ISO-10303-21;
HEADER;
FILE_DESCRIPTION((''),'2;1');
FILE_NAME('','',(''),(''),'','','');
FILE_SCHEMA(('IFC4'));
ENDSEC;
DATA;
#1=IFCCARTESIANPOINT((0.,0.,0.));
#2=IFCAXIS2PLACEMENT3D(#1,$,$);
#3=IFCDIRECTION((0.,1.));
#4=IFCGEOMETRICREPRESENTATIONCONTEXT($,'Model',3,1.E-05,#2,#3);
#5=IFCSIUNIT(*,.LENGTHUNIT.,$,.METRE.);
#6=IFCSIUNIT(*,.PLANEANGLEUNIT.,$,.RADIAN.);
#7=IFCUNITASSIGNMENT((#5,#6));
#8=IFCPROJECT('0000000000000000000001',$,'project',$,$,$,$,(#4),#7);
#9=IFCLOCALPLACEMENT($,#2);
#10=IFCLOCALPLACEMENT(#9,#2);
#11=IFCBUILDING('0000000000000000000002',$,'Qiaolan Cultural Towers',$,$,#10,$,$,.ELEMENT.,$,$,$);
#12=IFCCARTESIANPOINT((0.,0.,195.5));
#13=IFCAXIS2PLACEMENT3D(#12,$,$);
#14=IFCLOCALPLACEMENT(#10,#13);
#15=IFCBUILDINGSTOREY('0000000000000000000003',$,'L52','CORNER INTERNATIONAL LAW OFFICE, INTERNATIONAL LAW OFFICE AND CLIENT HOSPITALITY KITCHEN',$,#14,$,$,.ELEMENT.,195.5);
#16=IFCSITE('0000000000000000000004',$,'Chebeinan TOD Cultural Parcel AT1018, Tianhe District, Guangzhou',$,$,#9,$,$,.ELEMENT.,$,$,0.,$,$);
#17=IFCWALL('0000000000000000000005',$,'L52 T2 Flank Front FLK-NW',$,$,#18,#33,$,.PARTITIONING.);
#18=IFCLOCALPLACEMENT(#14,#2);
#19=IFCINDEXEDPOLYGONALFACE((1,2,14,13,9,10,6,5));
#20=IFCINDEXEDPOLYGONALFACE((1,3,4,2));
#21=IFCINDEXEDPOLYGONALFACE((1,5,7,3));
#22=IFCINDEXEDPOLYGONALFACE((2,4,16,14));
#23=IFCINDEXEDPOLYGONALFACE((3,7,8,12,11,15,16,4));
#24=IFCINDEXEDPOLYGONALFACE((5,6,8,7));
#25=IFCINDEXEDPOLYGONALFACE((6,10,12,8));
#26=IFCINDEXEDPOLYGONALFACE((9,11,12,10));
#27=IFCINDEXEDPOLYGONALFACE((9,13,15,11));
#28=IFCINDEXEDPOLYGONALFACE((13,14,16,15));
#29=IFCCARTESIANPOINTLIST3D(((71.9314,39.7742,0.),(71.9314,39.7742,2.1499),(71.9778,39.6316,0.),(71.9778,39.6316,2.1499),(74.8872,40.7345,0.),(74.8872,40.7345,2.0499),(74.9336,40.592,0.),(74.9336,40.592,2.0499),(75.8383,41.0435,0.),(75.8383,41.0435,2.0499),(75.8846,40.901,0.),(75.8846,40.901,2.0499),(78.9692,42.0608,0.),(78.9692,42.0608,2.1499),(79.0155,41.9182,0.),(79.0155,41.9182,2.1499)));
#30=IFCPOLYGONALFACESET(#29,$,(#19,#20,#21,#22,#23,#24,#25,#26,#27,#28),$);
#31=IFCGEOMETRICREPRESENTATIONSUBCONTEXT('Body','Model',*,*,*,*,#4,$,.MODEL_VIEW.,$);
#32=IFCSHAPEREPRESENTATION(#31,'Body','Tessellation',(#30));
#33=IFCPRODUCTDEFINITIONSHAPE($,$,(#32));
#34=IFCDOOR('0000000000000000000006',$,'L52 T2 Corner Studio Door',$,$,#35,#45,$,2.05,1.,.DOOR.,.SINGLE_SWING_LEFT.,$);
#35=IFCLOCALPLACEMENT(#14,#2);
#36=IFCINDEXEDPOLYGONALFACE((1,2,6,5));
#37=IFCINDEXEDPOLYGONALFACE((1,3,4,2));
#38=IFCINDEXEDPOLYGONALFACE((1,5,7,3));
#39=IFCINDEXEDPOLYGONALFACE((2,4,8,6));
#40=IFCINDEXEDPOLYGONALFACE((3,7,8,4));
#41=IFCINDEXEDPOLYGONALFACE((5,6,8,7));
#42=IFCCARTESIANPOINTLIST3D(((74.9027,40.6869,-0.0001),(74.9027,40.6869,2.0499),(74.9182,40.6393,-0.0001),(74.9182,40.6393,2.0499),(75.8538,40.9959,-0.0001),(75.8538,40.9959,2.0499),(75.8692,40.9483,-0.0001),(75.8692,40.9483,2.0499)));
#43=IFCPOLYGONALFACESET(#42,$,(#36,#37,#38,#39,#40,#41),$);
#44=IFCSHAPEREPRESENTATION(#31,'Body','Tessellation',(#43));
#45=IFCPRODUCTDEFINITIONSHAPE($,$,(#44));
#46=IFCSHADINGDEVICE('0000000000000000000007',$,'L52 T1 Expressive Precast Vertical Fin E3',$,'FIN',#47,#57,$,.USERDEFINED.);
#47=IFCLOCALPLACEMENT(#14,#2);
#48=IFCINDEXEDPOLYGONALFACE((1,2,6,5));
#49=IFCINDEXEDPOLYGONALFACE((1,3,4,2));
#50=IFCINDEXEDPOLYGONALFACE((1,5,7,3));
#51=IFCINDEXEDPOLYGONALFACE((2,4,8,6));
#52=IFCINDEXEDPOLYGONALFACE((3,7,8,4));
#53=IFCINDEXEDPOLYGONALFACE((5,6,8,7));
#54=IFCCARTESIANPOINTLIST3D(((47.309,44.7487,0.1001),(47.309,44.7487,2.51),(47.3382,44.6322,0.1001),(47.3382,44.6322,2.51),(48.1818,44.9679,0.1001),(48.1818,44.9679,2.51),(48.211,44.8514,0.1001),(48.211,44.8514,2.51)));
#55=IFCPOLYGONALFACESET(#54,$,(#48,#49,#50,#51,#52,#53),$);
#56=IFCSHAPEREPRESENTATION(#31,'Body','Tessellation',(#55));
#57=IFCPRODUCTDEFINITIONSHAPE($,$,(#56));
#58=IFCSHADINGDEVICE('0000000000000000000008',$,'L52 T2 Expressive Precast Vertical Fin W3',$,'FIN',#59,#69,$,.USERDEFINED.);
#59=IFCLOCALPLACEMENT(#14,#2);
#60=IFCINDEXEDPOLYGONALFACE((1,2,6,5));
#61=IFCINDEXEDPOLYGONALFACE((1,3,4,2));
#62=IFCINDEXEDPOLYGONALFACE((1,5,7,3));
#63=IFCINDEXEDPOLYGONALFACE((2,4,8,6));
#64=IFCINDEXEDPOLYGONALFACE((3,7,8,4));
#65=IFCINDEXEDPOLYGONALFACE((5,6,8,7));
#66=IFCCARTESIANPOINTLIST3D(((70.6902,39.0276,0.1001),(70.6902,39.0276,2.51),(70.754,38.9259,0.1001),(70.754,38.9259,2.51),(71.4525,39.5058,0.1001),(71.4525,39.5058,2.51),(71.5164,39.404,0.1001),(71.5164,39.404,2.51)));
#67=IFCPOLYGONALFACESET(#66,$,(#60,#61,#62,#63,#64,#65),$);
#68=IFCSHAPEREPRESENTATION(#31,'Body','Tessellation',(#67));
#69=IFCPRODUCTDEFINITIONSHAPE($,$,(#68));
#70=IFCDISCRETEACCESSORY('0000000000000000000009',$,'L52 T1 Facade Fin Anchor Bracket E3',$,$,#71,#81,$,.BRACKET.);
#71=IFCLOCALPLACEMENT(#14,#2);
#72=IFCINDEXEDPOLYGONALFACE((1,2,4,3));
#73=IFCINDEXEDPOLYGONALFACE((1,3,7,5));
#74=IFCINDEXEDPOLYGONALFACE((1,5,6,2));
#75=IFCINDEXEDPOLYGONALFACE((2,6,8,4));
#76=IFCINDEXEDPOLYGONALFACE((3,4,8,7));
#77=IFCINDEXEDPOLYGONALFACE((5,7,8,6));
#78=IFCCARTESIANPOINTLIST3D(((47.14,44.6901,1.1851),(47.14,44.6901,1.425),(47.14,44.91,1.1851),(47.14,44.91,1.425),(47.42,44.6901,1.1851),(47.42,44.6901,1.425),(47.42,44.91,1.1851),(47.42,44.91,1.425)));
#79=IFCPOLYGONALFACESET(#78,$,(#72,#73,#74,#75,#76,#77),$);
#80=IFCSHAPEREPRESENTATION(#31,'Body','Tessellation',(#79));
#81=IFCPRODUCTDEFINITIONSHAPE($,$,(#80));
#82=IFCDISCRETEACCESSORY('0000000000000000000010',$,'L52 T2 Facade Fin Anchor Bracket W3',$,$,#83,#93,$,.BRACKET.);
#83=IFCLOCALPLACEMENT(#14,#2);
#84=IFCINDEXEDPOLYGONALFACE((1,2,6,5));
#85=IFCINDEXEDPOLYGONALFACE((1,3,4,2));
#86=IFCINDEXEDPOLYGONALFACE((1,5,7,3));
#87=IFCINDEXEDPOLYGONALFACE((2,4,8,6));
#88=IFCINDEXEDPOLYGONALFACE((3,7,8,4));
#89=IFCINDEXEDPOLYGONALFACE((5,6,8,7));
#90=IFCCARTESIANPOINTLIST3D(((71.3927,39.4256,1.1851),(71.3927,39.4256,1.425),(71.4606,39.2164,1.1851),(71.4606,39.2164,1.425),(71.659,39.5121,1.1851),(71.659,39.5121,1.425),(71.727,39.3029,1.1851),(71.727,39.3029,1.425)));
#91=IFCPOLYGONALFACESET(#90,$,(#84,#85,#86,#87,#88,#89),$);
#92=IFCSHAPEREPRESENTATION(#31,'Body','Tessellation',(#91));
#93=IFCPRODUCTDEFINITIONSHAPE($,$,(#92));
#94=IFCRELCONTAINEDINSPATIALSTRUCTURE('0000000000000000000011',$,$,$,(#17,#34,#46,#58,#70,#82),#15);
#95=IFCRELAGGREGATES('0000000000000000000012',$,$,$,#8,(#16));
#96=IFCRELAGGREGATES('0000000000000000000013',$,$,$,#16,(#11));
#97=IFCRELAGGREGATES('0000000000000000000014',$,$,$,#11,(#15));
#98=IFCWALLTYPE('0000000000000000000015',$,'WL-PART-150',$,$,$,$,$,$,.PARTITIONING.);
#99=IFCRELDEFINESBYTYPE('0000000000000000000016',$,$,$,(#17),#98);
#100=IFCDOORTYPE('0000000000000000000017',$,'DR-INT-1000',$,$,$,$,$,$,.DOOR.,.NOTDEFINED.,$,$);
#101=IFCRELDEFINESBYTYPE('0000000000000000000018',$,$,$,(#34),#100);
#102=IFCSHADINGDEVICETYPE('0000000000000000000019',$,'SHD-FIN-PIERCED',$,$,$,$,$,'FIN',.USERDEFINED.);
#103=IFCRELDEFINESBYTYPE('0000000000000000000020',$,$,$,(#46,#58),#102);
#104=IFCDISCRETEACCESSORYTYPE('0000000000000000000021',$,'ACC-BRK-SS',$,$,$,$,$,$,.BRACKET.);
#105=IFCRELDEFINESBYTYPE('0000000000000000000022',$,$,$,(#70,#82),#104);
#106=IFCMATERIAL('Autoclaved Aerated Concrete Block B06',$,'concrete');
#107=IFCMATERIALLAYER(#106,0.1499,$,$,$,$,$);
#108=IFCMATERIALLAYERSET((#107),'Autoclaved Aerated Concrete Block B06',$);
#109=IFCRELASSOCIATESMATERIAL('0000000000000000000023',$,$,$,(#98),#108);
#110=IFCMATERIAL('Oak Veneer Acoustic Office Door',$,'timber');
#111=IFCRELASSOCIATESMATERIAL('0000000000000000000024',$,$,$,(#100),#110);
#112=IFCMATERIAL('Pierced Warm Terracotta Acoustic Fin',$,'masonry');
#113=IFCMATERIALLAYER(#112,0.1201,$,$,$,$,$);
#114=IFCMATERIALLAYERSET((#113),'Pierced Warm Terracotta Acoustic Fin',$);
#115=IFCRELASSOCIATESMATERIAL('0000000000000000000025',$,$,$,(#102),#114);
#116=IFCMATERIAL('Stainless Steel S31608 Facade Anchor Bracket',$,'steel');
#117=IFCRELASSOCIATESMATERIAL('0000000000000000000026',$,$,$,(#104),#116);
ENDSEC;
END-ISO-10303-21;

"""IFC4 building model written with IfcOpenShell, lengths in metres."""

from ifc_helpers import new_model, si_unit, direction, frame, frame_2d, origin, origin_2d, place, context, subcontext, project, spatial, rectangle, extrude, material, layer, layer_set, type_object, element, fill, save


model = new_model("IFC4")

# Units and contexts
model_context = context("Model", 3, precision=1e-05, world=origin(), true_north=direction((0.0, 1.0)))
body_context = subcontext(model_context, "Body", "Model", "MODEL_VIEW")
ifc_project = project(units=[si_unit("LENGTHUNIT", "METRE"), si_unit("PLANEANGLEUNIT", "RADIAN")], contexts=[model_context])

# Site, building, storey
site_placement = place(None, origin())
site = spatial("IfcSite", under=ifc_project, at=site_placement, Name="Chebeinan TOD Cultural Parcel AT1018, Tianhe District, Guangzhou", CompositionType="ELEMENT", RefElevation=0.0)
building_placement = place(site_placement, origin())
building = spatial("IfcBuilding", under=site, at=building_placement, Name="Qiaolan Cultural Towers", CompositionType="ELEMENT")
storey_placement = place(building_placement, frame((0.0, 0.0, 195.5)))
storey = spatial("IfcBuildingStorey", under=building, at=storey_placement, Name="L52", Description="CORNER INTERNATIONAL LAW OFFICE, INTERNATIONAL LAW OFFICE AND CLIENT HOSPITALITY KITCHEN", CompositionType="ELEMENT", Elevation=195.5)

# Shared definitions
ifc_material_1 = material(Name="Autoclaved Aerated Concrete Block B06", Category="concrete")
ifc_layer_1 = layer(ifc_material_1, 0.1499)
ifc_layer_set_1 = layer_set([ifc_layer_1], Name="Autoclaved Aerated Concrete Block B06")
wall_type_1 = type_object("IfcWallType", Name="WL-PART-150", PredefinedType="PARTITIONING", material=ifc_layer_set_1)

# Wall, opening, door
wall_1_placement = place(storey_placement, frame((71.9546, 39.7029, 0.0), z_axis=(0.0, 0.0, 1.0), x_axis=(0.951061, 0.309003, 0.0)))
wall_1 = element("IfcWall", 1, at=wall_1_placement, inside=storey, type_object=wall_type_1, Name="L52 T2 Flank Front FLK-NW", PredefinedType="PARTITIONING", context=body_context, shape_type="SweptSolid", body=[
    extrude(rectangle(XDim=7.3999, YDim=0.1499, at=frame_2d((3.7, 0.0))), origin(), (0.0, 0.0, 1.0), 2.1499),
])
opening_1_placement = place(wall_1_placement, frame((3.1079, 0.0, 0.0)))
opening_1 = element("IfcOpeningElement", 2, at=opening_1_placement, cuts=wall_1, PredefinedType="OPENING", context=body_context, shape_type="SweptSolid", body=[
    extrude(rectangle(XDim=1.0, YDim=2.05, at=frame_2d((0.5, 1.0249))), frame((0.0, 0.085, 0.0), z_axis=(0.0, -1.0, 0.0), x_axis=(1.0, 0.0, 0.0)), (0.0, 0.0, 1.0), 0.1699),
])
ifc_material_2 = material(Name="Oak Veneer Acoustic Office Door", Category="timber")
door_type_1 = type_object("IfcDoorType", Name="DR-INT-1000", OperationType="NOTDEFINED", PredefinedType="DOOR", material=ifc_material_2)
door_1_placement = place(opening_1_placement, origin())
door_1 = element("IfcDoor", 3, at=door_1_placement, inside=storey, type_object=door_type_1, Name="L52 T2 Corner Studio Door", OperationType="SINGLE_SWING_LEFT", OverallHeight=2.05, OverallWidth=1.0, PredefinedType="DOOR", context=body_context, shape_type="SweptSolid", body=[
    extrude(rectangle(XDim=1.0, YDim=2.05, at=frame_2d((0.5, 1.0249))), frame((0.0, 0.0249, 0.0), z_axis=(0.0, -1.0, 0.0), x_axis=(1.0, 0.0, 0.0)), (0.0, 0.0, 1.0), 0.05),
])
fill(opening_1, door_1)

# Shading devices
ifc_material_3 = material(Name="Pierced Warm Terracotta Acoustic Fin", Category="masonry")
ifc_layer_2 = layer(ifc_material_3, 0.1201)
ifc_layer_set_2 = layer_set([ifc_layer_2], Name="Pierced Warm Terracotta Acoustic Fin")
shading_device_type = type_object("IfcShadingDeviceType", Name="SHD-FIN-PIERCED", ElementType="FIN", PredefinedType="USERDEFINED", material=ifc_layer_set_2)
for number, where, z_axis, x_axis, name in (
    (4, (47.76, 44.8, 0.1001), (0.0, 0.0, 1.0), (0.969892, 0.243537, 0.0), "L52 T1 Expressive Precast Vertical Fin E3"),
    (5, (71.1033, 39.2158, 0.1001), (0.0, 0.0, 1.0), (0.847165, 0.53133, 0.0), "L52 T2 Expressive Precast Vertical Fin W3"),
):
    element("IfcShadingDevice", number, at=place(storey_placement, frame(where, z_axis=z_axis, x_axis=x_axis)), inside=storey, type_object=shading_device_type, Name=name, ObjectType="FIN", PredefinedType="USERDEFINED", context=body_context, shape_type="SweptSolid", body=[
        extrude(rectangle(XDim=0.8999, YDim=0.1201, at=origin_2d()), origin(), (0.0, 0.0, 1.0), 2.4099),
    ])

# Discrete accessories
ifc_material_4 = material(Name="Stainless Steel S31608 Facade Anchor Bracket", Category="steel")
discrete_accessory_type = type_object("IfcDiscreteAccessoryType", Name="ACC-BRK-SS", PredefinedType="BRACKET", material=ifc_material_4)
for number, where, z_axis, x_axis, name in (
    (6, (47.28, 44.8, 1.1851), (0.0, 0.0, 1.0), (1.0, 0.0, 0.0), "L52 T1 Facade Fin Anchor Bracket E3"),
    (7, (71.5598, 39.3643, 1.1851), (0.0, 0.0, 1.0), (0.951057, 0.309017, 0.0), "L52 T2 Facade Fin Anchor Bracket W3"),
):
    element("IfcDiscreteAccessory", number, at=place(storey_placement, frame(where, z_axis=z_axis, x_axis=x_axis)), inside=storey, type_object=discrete_accessory_type, Name=name, PredefinedType="BRACKET", context=body_context, shape_type="SweptSolid", body=[
        extrude(rectangle(XDim=0.28, YDim=0.22, at=origin_2d()), origin(), (0.0, 0.0, 1.0), 0.24),
    ])

save(model, "model.ifc")
